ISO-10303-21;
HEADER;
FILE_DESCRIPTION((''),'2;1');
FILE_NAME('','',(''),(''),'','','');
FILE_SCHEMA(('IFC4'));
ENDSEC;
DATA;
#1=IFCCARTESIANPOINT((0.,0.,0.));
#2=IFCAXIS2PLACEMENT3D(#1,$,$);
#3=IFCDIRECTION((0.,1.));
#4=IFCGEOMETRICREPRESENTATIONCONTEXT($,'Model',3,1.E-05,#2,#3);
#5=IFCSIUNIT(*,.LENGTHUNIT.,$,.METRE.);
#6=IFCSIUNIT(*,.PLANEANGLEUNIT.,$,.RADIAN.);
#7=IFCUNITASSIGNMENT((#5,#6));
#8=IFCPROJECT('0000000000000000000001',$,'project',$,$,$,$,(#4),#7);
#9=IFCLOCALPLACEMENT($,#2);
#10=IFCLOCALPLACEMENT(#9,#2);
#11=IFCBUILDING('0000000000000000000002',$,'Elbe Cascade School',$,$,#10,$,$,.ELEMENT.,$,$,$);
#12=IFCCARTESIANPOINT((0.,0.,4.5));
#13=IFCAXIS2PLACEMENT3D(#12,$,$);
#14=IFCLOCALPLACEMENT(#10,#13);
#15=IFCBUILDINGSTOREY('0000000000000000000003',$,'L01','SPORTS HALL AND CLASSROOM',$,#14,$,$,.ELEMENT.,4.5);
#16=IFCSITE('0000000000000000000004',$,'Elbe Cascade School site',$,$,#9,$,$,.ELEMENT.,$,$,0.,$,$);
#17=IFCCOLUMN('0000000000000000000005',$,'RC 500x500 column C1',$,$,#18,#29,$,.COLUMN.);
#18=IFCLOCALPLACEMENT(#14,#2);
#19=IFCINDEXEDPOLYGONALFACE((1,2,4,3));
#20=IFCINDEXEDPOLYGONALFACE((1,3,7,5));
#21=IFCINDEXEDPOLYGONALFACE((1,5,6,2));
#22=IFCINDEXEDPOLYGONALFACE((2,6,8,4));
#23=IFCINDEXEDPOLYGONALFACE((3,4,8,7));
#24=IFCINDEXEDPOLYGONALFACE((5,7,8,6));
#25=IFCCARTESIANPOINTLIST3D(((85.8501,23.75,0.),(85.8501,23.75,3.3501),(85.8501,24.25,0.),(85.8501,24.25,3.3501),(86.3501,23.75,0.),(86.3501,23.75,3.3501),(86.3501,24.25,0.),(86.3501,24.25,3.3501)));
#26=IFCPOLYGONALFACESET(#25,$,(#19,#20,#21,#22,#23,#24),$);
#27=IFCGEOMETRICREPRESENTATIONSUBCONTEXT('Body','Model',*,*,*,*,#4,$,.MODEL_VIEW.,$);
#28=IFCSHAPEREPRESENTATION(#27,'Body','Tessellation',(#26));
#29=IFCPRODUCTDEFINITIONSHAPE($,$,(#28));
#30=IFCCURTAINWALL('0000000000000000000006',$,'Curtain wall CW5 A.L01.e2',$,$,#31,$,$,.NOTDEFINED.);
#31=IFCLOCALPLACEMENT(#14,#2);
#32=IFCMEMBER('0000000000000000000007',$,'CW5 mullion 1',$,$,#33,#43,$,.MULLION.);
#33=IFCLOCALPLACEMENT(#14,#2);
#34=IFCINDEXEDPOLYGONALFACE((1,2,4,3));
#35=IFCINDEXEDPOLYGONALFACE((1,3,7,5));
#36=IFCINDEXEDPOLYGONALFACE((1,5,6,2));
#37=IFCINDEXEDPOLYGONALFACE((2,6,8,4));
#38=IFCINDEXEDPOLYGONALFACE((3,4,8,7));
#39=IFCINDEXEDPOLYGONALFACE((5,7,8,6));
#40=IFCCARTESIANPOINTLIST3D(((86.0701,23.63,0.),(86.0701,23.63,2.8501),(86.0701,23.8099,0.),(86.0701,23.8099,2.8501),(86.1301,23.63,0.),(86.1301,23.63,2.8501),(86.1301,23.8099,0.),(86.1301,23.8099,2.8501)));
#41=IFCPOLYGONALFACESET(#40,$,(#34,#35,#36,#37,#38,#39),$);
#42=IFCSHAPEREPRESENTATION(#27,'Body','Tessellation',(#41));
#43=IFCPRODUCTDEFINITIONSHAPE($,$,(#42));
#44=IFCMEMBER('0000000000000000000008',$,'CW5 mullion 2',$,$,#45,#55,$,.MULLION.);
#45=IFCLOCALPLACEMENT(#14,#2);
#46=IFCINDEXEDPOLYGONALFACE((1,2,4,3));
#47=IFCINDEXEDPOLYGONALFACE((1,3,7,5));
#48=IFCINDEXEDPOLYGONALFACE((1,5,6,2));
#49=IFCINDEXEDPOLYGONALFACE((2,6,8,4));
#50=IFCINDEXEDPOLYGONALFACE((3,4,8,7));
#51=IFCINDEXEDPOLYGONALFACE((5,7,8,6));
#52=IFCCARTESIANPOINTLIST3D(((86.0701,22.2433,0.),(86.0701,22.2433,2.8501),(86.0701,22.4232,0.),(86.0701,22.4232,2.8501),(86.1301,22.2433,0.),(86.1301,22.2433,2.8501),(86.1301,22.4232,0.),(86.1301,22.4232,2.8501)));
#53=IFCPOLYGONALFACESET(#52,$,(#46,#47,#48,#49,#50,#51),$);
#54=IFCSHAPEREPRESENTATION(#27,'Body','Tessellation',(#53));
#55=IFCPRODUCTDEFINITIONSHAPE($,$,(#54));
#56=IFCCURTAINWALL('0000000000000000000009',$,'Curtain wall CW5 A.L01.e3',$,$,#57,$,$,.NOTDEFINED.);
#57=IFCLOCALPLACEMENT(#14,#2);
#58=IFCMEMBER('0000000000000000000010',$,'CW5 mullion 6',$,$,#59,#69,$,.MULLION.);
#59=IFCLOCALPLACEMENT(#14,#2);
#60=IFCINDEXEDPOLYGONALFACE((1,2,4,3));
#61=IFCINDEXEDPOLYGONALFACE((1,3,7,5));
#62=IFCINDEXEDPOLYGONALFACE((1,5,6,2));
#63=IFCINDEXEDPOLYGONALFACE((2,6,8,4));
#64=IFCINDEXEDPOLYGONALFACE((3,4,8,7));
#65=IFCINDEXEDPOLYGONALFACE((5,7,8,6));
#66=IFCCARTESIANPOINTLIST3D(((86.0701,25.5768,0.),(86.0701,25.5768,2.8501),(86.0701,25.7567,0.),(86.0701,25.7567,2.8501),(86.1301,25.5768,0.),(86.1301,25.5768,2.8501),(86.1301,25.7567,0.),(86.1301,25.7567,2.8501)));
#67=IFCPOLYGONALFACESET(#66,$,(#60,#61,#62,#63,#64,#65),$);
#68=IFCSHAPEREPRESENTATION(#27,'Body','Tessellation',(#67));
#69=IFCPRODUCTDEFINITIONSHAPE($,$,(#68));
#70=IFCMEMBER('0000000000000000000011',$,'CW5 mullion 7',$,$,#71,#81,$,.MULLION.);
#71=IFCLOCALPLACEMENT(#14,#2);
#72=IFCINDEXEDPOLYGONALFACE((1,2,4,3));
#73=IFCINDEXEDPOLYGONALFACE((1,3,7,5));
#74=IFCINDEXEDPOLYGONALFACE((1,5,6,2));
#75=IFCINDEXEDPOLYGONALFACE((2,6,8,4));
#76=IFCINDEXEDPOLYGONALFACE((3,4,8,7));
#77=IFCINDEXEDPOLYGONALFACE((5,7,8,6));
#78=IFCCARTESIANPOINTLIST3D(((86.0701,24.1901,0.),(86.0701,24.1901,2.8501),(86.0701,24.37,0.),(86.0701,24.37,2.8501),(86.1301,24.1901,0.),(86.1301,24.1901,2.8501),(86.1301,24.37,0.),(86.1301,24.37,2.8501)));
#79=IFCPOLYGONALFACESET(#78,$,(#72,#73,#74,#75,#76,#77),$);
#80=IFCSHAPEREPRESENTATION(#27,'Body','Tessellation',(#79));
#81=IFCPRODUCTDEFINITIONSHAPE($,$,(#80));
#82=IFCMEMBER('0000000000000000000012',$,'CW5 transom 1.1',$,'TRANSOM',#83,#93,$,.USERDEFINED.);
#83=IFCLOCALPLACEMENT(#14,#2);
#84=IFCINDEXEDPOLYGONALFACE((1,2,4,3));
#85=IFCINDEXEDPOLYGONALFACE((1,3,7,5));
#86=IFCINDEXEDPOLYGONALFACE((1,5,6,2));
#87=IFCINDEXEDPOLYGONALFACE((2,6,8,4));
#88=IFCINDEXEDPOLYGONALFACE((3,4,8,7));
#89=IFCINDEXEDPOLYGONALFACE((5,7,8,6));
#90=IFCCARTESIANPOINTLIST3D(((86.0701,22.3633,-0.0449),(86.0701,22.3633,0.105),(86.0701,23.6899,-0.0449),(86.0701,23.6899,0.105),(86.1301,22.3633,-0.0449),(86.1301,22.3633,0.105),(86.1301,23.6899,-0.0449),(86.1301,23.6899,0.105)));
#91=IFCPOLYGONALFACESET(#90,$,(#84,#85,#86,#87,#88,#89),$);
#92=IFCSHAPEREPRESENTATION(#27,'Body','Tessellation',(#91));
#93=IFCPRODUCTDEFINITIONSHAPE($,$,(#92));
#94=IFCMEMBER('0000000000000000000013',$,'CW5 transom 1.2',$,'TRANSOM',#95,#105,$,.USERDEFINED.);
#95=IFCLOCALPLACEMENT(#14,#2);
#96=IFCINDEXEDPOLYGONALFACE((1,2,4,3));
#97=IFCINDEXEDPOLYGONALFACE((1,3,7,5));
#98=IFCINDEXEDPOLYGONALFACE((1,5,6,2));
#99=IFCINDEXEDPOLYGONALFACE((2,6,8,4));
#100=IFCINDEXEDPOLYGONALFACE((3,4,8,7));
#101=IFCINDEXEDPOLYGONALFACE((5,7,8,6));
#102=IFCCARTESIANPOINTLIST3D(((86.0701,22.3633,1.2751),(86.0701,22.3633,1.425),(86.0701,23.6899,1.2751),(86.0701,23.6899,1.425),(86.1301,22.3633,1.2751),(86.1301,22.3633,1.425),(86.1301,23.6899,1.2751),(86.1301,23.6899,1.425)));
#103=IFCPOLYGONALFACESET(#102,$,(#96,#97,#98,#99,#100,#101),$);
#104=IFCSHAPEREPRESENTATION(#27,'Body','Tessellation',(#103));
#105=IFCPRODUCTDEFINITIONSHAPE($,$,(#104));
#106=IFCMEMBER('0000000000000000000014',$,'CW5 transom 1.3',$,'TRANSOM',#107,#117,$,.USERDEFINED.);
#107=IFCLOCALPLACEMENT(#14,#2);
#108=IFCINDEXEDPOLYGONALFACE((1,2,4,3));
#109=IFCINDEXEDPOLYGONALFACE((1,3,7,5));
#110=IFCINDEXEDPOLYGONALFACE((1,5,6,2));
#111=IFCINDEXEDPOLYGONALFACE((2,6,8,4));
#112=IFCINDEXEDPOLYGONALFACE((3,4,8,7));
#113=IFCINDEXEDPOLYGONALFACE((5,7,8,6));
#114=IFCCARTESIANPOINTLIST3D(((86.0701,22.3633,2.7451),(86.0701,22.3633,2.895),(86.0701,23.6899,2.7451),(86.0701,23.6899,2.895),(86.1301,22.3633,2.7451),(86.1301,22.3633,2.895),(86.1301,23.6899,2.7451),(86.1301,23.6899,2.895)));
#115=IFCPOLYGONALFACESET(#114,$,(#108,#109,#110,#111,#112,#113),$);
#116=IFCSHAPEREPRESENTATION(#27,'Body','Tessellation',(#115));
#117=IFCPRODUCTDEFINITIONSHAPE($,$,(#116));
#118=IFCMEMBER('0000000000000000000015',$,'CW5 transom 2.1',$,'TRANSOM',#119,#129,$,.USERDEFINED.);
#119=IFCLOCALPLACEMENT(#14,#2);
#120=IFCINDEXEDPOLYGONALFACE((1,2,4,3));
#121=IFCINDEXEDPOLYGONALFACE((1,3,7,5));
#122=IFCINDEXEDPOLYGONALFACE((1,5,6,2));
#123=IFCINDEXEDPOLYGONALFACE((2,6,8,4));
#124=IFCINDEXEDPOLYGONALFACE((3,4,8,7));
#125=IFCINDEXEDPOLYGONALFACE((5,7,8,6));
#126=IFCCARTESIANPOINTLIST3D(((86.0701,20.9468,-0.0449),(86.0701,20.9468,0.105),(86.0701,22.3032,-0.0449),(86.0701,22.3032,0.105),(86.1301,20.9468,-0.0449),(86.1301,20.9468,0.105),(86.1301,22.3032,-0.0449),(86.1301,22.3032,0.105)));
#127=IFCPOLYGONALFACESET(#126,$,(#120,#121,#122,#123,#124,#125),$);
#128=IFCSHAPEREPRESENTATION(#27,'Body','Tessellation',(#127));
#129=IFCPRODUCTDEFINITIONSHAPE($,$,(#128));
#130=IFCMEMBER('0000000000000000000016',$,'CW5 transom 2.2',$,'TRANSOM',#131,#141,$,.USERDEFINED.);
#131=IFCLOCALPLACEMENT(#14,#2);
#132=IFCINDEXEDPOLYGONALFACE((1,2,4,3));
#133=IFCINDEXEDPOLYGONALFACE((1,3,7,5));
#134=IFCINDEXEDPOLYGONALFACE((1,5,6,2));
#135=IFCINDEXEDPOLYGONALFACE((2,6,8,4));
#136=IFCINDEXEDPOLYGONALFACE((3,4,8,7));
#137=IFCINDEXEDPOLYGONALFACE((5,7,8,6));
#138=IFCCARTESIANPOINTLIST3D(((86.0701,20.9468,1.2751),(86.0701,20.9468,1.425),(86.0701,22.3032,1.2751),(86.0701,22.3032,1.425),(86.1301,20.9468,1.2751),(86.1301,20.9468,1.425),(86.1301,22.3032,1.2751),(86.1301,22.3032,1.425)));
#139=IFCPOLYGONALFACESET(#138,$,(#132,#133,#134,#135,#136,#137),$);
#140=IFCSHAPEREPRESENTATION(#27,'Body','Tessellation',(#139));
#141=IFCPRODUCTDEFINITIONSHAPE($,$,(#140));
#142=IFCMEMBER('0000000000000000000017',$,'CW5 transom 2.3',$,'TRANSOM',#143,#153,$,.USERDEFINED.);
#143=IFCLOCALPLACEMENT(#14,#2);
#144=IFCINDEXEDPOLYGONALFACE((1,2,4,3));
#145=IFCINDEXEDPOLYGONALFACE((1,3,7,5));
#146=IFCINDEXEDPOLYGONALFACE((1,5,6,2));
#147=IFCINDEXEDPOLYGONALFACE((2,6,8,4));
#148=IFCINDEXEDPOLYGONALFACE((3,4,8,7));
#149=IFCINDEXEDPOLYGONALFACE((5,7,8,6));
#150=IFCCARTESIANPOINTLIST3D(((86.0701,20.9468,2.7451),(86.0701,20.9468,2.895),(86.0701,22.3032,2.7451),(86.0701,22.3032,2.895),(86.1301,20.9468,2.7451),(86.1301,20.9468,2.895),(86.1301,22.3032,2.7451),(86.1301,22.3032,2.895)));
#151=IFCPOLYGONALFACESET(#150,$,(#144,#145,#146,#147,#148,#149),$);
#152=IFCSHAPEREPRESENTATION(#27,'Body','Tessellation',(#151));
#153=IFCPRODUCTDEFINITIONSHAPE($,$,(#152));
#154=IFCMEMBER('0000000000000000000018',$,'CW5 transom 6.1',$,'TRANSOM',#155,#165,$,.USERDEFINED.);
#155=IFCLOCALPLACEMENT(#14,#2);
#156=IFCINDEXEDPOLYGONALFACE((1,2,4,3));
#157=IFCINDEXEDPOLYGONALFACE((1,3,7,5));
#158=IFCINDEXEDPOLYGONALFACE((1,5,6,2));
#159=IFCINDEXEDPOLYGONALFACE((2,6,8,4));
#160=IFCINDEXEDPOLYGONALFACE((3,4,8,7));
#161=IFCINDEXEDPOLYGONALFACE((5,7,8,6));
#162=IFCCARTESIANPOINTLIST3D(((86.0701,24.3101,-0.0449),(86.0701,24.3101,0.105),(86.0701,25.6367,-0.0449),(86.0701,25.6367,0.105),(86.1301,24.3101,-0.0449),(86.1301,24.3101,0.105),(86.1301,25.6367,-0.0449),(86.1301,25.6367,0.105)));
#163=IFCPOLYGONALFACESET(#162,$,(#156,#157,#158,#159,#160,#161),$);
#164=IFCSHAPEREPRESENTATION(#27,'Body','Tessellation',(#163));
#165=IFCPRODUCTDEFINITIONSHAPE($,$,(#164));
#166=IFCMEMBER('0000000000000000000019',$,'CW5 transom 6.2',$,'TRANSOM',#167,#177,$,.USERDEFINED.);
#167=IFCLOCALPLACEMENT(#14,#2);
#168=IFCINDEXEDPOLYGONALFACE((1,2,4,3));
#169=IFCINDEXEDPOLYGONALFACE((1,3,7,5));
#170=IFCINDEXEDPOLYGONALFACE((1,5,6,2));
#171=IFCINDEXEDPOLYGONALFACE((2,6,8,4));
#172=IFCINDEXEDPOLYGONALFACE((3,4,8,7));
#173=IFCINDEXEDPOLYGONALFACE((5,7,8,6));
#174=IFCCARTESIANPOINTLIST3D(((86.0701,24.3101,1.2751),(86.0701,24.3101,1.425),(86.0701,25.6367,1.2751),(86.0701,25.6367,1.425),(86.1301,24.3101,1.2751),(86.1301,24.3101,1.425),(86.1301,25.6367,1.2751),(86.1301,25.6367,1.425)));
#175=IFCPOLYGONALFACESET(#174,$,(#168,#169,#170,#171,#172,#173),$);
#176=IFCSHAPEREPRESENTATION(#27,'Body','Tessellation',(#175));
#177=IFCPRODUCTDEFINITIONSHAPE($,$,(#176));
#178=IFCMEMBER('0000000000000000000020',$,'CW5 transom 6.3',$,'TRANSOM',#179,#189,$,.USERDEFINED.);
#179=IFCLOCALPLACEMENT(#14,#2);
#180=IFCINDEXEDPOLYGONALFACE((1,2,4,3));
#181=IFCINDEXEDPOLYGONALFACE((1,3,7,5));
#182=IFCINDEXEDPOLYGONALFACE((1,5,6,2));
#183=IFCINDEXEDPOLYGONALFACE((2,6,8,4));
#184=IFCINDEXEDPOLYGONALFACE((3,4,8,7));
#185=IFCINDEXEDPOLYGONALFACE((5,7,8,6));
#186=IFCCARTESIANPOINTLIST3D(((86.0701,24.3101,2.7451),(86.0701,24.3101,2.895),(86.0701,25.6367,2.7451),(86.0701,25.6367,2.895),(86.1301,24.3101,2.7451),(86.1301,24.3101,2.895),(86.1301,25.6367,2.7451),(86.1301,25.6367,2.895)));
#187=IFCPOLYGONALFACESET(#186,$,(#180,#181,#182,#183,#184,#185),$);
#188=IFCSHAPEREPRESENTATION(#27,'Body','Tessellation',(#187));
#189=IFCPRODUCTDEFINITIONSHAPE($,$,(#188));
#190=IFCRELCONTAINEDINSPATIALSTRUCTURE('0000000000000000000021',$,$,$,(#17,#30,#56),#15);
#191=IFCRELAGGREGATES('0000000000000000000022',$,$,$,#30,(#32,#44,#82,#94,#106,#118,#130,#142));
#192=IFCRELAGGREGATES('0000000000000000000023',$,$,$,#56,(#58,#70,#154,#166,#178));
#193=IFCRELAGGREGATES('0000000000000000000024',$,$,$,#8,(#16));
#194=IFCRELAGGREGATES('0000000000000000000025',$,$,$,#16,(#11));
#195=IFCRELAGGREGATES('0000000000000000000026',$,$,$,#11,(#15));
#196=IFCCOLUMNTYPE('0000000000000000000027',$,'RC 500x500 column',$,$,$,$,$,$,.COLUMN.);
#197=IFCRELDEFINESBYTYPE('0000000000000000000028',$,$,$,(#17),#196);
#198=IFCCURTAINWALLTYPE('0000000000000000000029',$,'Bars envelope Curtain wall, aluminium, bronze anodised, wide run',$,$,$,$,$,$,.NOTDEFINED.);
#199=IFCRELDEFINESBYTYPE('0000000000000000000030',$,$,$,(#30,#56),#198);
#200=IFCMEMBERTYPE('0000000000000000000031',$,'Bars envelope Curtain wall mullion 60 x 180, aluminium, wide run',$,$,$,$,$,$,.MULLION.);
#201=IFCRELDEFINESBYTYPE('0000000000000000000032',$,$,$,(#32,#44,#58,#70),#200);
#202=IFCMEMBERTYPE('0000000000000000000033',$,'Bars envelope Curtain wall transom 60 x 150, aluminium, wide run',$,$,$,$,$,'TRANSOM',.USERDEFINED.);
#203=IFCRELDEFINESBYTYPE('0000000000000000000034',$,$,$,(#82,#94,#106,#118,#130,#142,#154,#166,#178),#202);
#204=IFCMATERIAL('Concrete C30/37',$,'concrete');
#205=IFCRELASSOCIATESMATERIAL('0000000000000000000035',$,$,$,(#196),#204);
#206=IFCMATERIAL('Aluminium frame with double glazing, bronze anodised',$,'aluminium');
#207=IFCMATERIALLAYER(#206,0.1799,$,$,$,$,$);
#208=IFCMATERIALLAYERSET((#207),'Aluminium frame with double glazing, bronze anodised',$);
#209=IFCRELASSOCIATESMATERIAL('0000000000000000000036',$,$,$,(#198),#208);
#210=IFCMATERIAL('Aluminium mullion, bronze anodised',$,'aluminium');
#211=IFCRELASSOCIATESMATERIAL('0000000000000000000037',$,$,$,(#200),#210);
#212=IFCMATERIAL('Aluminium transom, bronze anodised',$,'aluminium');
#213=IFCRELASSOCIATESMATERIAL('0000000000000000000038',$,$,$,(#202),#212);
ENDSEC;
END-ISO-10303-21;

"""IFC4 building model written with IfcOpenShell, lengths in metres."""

from ifc_helpers import new_model, si_unit, direction, frame, origin, origin_2d, place, context, subcontext, project, spatial, rectangle, extrude, material, layer, layer_set, material_profile, profile_set, type_object, element, aggregate, save


model = new_model("IFC4")

# Units and contexts
model_context = context("Model", 3, precision=1e-05, world=origin(), true_north=direction((0.0, 1.0)))
body_context = subcontext(model_context, "Body", "Model", "MODEL_VIEW")
ifc_project = project(units=[si_unit("LENGTHUNIT", "METRE"), si_unit("PLANEANGLEUNIT", "RADIAN")], contexts=[model_context])

# Site, building, storey
site_placement = place(None, origin())
site = spatial("IfcSite", under=ifc_project, at=site_placement, Name="Elbe Cascade School site", CompositionType="ELEMENT", RefElevation=0.0)
building_placement = place(site_placement, origin())
building = spatial("IfcBuilding", under=site, at=building_placement, Name="Elbe Cascade School", CompositionType="ELEMENT")
storey_placement = place(building_placement, frame((0.0, 0.0, 4.5)))
storey = spatial("IfcBuildingStorey", under=building, at=storey_placement, Name="L01", Description="SPORTS HALL AND CLASSROOM", CompositionType="ELEMENT", Elevation=4.5)

# Column
ifc_material_1 = material(Name="Concrete C30/37", Category="concrete")
ifc_material_profile_1 = material_profile(ifc_material_1, rectangle(XDim=0.5, YDim=0.5, at=origin_2d()), Name="RC 500x500")
ifc_profile_set_1 = profile_set([ifc_material_profile_1], Name="Concrete C30/37")
column_type = type_object("IfcColumnType", Name="RC 500x500 column", PredefinedType="COLUMN", material=ifc_profile_set_1)
column_placement = place(storey_placement, frame((86.1001, 24.0, 0.0), z_axis=(0.0, 0.0, 1.0), x_axis=(1.0, 0.0, 0.0)))
element("IfcColumn", 1, at=column_placement, inside=storey, type_object=column_type, Name="RC 500x500 column C1", PredefinedType="COLUMN", context=body_context, shape_type="SweptSolid", body=[
    extrude(rectangle(XDim=0.5, YDim=0.5, at=origin_2d()), origin(), (0.0, 0.0, 1.0), 3.3501),
])

# Curtain walls, members
ifc_material_2 = material(Name="Aluminium frame with double glazing, bronze anodised", Category="aluminium")
ifc_layer_1 = layer(ifc_material_2, 0.1799)
ifc_layer_set_1 = layer_set([ifc_layer_1], Name="Aluminium frame with double glazing, bronze anodised")
curtain_wall_type = type_object("IfcCurtainWallType", Name="Bars envelope Curtain wall, aluminium, bronze anodised, wide run", PredefinedType="NOTDEFINED", material=ifc_layer_set_1)
curtain_wall_1_placement = place(storey_placement, origin())
curtain_wall_1 = element("IfcCurtainWall", 2, at=curtain_wall_1_placement, inside=storey, type_object=curtain_wall_type, Name="Curtain wall CW5 A.L01.e2", PredefinedType="NOTDEFINED")
ifc_material_3 = material(Name="Aluminium mullion, bronze anodised", Category="aluminium")
ifc_material_profile_2 = material_profile(ifc_material_3, rectangle(XDim=0.0601, YDim=0.1799, at=origin_2d()), Name="Bars envelope Curtain wall mullion 60 x 180, aluminium, wide run")
ifc_profile_set_2 = profile_set([ifc_material_profile_2], Name="Aluminium mullion, bronze anodised")
member_type_1 = type_object("IfcMemberType", Name="Bars envelope Curtain wall mullion 60 x 180, aluminium, wide run", PredefinedType="MULLION", material=ifc_profile_set_2)
member_1_placement = place(storey_placement, frame((86.1001, 23.72, 0.0), z_axis=(0.0, 0.0, 1.0), x_axis=(1.0, 0.0, 0.0)))
member_1 = element("IfcMember", 3, at=member_1_placement, type_object=member_type_1, Name="CW5 mullion 1", PredefinedType="MULLION", context=body_context, shape_type="SweptSolid", body=[
    extrude(rectangle(XDim=0.0601, YDim=0.1799, at=origin_2d()), origin(), (0.0, 0.0, 1.0), 2.8501),
])
member_2_placement = place(storey_placement, frame((86.1001, 22.3333, 0.0), z_axis=(0.0, 0.0, 1.0), x_axis=(1.0, 0.0, 0.0)))
member_2 = element("IfcMember", 4, at=member_2_placement, type_object=member_type_1, Name="CW5 mullion 2", PredefinedType="MULLION", context=body_context, shape_type="SweptSolid", body=[
    extrude(rectangle(XDim=0.0601, YDim=0.1799, at=origin_2d()), origin(), (0.0, 0.0, 1.0), 2.8501),
])
curtain_wall_2_placement = place(storey_placement, origin())
curtain_wall_2 = element("IfcCurtainWall", 5, at=curtain_wall_2_placement, inside=storey, type_object=curtain_wall_type, Name="Curtain wall CW5 A.L01.e3", PredefinedType="NOTDEFINED")
member_3_placement = place(storey_placement, frame((86.1001, 25.6667, 0.0), z_axis=(0.0, 0.0, 1.0), x_axis=(1.0, 0.0, 0.0)))
member_3 = element("IfcMember", 6, at=member_3_placement, type_object=member_type_1, Name="CW5 mullion 6", PredefinedType="MULLION", context=body_context, shape_type="SweptSolid", body=[
    extrude(rectangle(XDim=0.0601, YDim=0.1799, at=origin_2d()), origin(), (0.0, 0.0, 1.0), 2.8501),
])
member_4_placement = place(storey_placement, frame((86.1001, 24.28, 0.0), z_axis=(0.0, 0.0, 1.0), x_axis=(1.0, 0.0, 0.0)))
member_4 = element("IfcMember", 7, at=member_4_placement, type_object=member_type_1, Name="CW5 mullion 7", PredefinedType="MULLION", context=body_context, shape_type="SweptSolid", body=[
    extrude(rectangle(XDim=0.0601, YDim=0.1799, at=origin_2d()), origin(), (0.0, 0.0, 1.0), 2.8501),
])

# Members
ifc_material_4 = material(Name="Aluminium transom, bronze anodised", Category="aluminium")
ifc_material_profile_3 = material_profile(ifc_material_4, rectangle(XDim=0.0601, YDim=0.1499, at=origin_2d()), Name="Bars envelope Curtain wall transom 60 x 150, aluminium, wide run")
ifc_profile_set_3 = profile_set([ifc_material_profile_3], Name="Aluminium transom, bronze anodised")
member_type_2 = type_object("IfcMemberType", Name="Bars envelope Curtain wall transom 60 x 150, aluminium, wide run", ElementType="TRANSOM", PredefinedType="USERDEFINED", material=ifc_profile_set_3)
member_5_placement = place(storey_placement, frame((86.1001, 23.6899, 0.03), z_axis=(0.0, -1.0, 0.0), x_axis=(1.0, 0.0, 0.0)))
member_5 = element("IfcMember", 8, at=member_5_placement, type_object=member_type_2, Name="CW5 transom 1.1", ObjectType="TRANSOM", PredefinedType="USERDEFINED", context=body_context, shape_type="SweptSolid", body=[
    extrude(rectangle(XDim=0.0601, YDim=0.1499, at=origin_2d()), origin(), (0.0, 0.0, 1.0), 1.3267),
])
member_6_placement = place(storey_placement, frame((86.1001, 23.6899, 1.3501), z_axis=(0.0, -1.0, 0.0), x_axis=(1.0, 0.0, 0.0)))
member_6 = element("IfcMember", 9, at=member_6_placement, type_object=member_type_2, Name="CW5 transom 1.2", ObjectType="TRANSOM", PredefinedType="USERDEFINED", context=body_context, shape_type="SweptSolid", body=[
    extrude(rectangle(XDim=0.0601, YDim=0.1499, at=origin_2d()), origin(), (0.0, 0.0, 1.0), 1.3267),
])
member_7_placement = place(storey_placement, frame((86.1001, 23.6899, 2.8201), z_axis=(0.0, -1.0, 0.0), x_axis=(1.0, 0.0, 0.0)))
member_7 = element("IfcMember", 10, at=member_7_placement, type_object=member_type_2, Name="CW5 transom 1.3", ObjectType="TRANSOM", PredefinedType="USERDEFINED", context=body_context, shape_type="SweptSolid", body=[
    extrude(rectangle(XDim=0.0601, YDim=0.1499, at=origin_2d()), origin(), (0.0, 0.0, 1.0), 1.3267),
])
member_8_placement = place(storey_placement, frame((86.1001, 22.3032, 0.03), z_axis=(0.0, -1.0, 0.0), x_axis=(1.0, 0.0, 0.0)))
member_8 = element("IfcMember", 11, at=member_8_placement, type_object=member_type_2, Name="CW5 transom 2.1", ObjectType="TRANSOM", PredefinedType="USERDEFINED", context=body_context, shape_type="SweptSolid", body=[
    extrude(rectangle(XDim=0.0601, YDim=0.1499, at=origin_2d()), origin(), (0.0, 0.0, 1.0), 1.3564),
])
member_9_placement = place(storey_placement, frame((86.1001, 22.3032, 1.3501), z_axis=(0.0, -1.0, 0.0), x_axis=(1.0, 0.0, 0.0)))
member_9 = element("IfcMember", 12, at=member_9_placement, type_object=member_type_2, Name="CW5 transom 2.2", ObjectType="TRANSOM", PredefinedType="USERDEFINED", context=body_context, shape_type="SweptSolid", body=[
    extrude(rectangle(XDim=0.0601, YDim=0.1499, at=origin_2d()), origin(), (0.0, 0.0, 1.0), 1.3564),
])
member_10_placement = place(storey_placement, frame((86.1001, 22.3032, 2.8201), z_axis=(0.0, -1.0, 0.0), x_axis=(1.0, 0.0, 0.0)))
member_10 = element("IfcMember", 13, at=member_10_placement, type_object=member_type_2, Name="CW5 transom 2.3", ObjectType="TRANSOM", PredefinedType="USERDEFINED", context=body_context, shape_type="SweptSolid", body=[
    extrude(rectangle(XDim=0.0601, YDim=0.1499, at=origin_2d()), origin(), (0.0, 0.0, 1.0), 1.3564),
])
member_11_placement = place(storey_placement, frame((86.1001, 25.6367, 0.03), z_axis=(0.0, -1.0, 0.0), x_axis=(1.0, 0.0, 0.0)))
member_11 = element("IfcMember", 14, at=member_11_placement, type_object=member_type_2, Name="CW5 transom 6.1", ObjectType="TRANSOM", PredefinedType="USERDEFINED", context=body_context, shape_type="SweptSolid", body=[
    extrude(rectangle(XDim=0.0601, YDim=0.1499, at=origin_2d()), origin(), (0.0, 0.0, 1.0), 1.3267),
])
member_12_placement = place(storey_placement, frame((86.1001, 25.6367, 1.3501), z_axis=(0.0, -1.0, 0.0), x_axis=(1.0, 0.0, 0.0)))
member_12 = element("IfcMember", 15, at=member_12_placement, type_object=member_type_2, Name="CW5 transom 6.2", ObjectType="TRANSOM", PredefinedType="USERDEFINED", context=body_context, shape_type="SweptSolid", body=[
    extrude(rectangle(XDim=0.0601, YDim=0.1499, at=origin_2d()), origin(), (0.0, 0.0, 1.0), 1.3267),
])
member_13_placement = place(storey_placement, frame((86.1001, 25.6367, 2.8201), z_axis=(0.0, -1.0, 0.0), x_axis=(1.0, 0.0, 0.0)))
member_13 = element("IfcMember", 16, at=member_13_placement, type_object=member_type_2, Name="CW5 transom 6.3", ObjectType="TRANSOM", PredefinedType="USERDEFINED", context=body_context, shape_type="SweptSolid", body=[
    extrude(rectangle(XDim=0.0601, YDim=0.1499, at=origin_2d()), origin(), (0.0, 0.0, 1.0), 1.3267),
])

aggregate(curtain_wall_1, [member_1, member_2, member_5, member_6, member_7, member_8, member_9, member_10])
aggregate(curtain_wall_2, [member_3, member_4, member_11, member_12, member_13])

save(model, "model.ifc")
